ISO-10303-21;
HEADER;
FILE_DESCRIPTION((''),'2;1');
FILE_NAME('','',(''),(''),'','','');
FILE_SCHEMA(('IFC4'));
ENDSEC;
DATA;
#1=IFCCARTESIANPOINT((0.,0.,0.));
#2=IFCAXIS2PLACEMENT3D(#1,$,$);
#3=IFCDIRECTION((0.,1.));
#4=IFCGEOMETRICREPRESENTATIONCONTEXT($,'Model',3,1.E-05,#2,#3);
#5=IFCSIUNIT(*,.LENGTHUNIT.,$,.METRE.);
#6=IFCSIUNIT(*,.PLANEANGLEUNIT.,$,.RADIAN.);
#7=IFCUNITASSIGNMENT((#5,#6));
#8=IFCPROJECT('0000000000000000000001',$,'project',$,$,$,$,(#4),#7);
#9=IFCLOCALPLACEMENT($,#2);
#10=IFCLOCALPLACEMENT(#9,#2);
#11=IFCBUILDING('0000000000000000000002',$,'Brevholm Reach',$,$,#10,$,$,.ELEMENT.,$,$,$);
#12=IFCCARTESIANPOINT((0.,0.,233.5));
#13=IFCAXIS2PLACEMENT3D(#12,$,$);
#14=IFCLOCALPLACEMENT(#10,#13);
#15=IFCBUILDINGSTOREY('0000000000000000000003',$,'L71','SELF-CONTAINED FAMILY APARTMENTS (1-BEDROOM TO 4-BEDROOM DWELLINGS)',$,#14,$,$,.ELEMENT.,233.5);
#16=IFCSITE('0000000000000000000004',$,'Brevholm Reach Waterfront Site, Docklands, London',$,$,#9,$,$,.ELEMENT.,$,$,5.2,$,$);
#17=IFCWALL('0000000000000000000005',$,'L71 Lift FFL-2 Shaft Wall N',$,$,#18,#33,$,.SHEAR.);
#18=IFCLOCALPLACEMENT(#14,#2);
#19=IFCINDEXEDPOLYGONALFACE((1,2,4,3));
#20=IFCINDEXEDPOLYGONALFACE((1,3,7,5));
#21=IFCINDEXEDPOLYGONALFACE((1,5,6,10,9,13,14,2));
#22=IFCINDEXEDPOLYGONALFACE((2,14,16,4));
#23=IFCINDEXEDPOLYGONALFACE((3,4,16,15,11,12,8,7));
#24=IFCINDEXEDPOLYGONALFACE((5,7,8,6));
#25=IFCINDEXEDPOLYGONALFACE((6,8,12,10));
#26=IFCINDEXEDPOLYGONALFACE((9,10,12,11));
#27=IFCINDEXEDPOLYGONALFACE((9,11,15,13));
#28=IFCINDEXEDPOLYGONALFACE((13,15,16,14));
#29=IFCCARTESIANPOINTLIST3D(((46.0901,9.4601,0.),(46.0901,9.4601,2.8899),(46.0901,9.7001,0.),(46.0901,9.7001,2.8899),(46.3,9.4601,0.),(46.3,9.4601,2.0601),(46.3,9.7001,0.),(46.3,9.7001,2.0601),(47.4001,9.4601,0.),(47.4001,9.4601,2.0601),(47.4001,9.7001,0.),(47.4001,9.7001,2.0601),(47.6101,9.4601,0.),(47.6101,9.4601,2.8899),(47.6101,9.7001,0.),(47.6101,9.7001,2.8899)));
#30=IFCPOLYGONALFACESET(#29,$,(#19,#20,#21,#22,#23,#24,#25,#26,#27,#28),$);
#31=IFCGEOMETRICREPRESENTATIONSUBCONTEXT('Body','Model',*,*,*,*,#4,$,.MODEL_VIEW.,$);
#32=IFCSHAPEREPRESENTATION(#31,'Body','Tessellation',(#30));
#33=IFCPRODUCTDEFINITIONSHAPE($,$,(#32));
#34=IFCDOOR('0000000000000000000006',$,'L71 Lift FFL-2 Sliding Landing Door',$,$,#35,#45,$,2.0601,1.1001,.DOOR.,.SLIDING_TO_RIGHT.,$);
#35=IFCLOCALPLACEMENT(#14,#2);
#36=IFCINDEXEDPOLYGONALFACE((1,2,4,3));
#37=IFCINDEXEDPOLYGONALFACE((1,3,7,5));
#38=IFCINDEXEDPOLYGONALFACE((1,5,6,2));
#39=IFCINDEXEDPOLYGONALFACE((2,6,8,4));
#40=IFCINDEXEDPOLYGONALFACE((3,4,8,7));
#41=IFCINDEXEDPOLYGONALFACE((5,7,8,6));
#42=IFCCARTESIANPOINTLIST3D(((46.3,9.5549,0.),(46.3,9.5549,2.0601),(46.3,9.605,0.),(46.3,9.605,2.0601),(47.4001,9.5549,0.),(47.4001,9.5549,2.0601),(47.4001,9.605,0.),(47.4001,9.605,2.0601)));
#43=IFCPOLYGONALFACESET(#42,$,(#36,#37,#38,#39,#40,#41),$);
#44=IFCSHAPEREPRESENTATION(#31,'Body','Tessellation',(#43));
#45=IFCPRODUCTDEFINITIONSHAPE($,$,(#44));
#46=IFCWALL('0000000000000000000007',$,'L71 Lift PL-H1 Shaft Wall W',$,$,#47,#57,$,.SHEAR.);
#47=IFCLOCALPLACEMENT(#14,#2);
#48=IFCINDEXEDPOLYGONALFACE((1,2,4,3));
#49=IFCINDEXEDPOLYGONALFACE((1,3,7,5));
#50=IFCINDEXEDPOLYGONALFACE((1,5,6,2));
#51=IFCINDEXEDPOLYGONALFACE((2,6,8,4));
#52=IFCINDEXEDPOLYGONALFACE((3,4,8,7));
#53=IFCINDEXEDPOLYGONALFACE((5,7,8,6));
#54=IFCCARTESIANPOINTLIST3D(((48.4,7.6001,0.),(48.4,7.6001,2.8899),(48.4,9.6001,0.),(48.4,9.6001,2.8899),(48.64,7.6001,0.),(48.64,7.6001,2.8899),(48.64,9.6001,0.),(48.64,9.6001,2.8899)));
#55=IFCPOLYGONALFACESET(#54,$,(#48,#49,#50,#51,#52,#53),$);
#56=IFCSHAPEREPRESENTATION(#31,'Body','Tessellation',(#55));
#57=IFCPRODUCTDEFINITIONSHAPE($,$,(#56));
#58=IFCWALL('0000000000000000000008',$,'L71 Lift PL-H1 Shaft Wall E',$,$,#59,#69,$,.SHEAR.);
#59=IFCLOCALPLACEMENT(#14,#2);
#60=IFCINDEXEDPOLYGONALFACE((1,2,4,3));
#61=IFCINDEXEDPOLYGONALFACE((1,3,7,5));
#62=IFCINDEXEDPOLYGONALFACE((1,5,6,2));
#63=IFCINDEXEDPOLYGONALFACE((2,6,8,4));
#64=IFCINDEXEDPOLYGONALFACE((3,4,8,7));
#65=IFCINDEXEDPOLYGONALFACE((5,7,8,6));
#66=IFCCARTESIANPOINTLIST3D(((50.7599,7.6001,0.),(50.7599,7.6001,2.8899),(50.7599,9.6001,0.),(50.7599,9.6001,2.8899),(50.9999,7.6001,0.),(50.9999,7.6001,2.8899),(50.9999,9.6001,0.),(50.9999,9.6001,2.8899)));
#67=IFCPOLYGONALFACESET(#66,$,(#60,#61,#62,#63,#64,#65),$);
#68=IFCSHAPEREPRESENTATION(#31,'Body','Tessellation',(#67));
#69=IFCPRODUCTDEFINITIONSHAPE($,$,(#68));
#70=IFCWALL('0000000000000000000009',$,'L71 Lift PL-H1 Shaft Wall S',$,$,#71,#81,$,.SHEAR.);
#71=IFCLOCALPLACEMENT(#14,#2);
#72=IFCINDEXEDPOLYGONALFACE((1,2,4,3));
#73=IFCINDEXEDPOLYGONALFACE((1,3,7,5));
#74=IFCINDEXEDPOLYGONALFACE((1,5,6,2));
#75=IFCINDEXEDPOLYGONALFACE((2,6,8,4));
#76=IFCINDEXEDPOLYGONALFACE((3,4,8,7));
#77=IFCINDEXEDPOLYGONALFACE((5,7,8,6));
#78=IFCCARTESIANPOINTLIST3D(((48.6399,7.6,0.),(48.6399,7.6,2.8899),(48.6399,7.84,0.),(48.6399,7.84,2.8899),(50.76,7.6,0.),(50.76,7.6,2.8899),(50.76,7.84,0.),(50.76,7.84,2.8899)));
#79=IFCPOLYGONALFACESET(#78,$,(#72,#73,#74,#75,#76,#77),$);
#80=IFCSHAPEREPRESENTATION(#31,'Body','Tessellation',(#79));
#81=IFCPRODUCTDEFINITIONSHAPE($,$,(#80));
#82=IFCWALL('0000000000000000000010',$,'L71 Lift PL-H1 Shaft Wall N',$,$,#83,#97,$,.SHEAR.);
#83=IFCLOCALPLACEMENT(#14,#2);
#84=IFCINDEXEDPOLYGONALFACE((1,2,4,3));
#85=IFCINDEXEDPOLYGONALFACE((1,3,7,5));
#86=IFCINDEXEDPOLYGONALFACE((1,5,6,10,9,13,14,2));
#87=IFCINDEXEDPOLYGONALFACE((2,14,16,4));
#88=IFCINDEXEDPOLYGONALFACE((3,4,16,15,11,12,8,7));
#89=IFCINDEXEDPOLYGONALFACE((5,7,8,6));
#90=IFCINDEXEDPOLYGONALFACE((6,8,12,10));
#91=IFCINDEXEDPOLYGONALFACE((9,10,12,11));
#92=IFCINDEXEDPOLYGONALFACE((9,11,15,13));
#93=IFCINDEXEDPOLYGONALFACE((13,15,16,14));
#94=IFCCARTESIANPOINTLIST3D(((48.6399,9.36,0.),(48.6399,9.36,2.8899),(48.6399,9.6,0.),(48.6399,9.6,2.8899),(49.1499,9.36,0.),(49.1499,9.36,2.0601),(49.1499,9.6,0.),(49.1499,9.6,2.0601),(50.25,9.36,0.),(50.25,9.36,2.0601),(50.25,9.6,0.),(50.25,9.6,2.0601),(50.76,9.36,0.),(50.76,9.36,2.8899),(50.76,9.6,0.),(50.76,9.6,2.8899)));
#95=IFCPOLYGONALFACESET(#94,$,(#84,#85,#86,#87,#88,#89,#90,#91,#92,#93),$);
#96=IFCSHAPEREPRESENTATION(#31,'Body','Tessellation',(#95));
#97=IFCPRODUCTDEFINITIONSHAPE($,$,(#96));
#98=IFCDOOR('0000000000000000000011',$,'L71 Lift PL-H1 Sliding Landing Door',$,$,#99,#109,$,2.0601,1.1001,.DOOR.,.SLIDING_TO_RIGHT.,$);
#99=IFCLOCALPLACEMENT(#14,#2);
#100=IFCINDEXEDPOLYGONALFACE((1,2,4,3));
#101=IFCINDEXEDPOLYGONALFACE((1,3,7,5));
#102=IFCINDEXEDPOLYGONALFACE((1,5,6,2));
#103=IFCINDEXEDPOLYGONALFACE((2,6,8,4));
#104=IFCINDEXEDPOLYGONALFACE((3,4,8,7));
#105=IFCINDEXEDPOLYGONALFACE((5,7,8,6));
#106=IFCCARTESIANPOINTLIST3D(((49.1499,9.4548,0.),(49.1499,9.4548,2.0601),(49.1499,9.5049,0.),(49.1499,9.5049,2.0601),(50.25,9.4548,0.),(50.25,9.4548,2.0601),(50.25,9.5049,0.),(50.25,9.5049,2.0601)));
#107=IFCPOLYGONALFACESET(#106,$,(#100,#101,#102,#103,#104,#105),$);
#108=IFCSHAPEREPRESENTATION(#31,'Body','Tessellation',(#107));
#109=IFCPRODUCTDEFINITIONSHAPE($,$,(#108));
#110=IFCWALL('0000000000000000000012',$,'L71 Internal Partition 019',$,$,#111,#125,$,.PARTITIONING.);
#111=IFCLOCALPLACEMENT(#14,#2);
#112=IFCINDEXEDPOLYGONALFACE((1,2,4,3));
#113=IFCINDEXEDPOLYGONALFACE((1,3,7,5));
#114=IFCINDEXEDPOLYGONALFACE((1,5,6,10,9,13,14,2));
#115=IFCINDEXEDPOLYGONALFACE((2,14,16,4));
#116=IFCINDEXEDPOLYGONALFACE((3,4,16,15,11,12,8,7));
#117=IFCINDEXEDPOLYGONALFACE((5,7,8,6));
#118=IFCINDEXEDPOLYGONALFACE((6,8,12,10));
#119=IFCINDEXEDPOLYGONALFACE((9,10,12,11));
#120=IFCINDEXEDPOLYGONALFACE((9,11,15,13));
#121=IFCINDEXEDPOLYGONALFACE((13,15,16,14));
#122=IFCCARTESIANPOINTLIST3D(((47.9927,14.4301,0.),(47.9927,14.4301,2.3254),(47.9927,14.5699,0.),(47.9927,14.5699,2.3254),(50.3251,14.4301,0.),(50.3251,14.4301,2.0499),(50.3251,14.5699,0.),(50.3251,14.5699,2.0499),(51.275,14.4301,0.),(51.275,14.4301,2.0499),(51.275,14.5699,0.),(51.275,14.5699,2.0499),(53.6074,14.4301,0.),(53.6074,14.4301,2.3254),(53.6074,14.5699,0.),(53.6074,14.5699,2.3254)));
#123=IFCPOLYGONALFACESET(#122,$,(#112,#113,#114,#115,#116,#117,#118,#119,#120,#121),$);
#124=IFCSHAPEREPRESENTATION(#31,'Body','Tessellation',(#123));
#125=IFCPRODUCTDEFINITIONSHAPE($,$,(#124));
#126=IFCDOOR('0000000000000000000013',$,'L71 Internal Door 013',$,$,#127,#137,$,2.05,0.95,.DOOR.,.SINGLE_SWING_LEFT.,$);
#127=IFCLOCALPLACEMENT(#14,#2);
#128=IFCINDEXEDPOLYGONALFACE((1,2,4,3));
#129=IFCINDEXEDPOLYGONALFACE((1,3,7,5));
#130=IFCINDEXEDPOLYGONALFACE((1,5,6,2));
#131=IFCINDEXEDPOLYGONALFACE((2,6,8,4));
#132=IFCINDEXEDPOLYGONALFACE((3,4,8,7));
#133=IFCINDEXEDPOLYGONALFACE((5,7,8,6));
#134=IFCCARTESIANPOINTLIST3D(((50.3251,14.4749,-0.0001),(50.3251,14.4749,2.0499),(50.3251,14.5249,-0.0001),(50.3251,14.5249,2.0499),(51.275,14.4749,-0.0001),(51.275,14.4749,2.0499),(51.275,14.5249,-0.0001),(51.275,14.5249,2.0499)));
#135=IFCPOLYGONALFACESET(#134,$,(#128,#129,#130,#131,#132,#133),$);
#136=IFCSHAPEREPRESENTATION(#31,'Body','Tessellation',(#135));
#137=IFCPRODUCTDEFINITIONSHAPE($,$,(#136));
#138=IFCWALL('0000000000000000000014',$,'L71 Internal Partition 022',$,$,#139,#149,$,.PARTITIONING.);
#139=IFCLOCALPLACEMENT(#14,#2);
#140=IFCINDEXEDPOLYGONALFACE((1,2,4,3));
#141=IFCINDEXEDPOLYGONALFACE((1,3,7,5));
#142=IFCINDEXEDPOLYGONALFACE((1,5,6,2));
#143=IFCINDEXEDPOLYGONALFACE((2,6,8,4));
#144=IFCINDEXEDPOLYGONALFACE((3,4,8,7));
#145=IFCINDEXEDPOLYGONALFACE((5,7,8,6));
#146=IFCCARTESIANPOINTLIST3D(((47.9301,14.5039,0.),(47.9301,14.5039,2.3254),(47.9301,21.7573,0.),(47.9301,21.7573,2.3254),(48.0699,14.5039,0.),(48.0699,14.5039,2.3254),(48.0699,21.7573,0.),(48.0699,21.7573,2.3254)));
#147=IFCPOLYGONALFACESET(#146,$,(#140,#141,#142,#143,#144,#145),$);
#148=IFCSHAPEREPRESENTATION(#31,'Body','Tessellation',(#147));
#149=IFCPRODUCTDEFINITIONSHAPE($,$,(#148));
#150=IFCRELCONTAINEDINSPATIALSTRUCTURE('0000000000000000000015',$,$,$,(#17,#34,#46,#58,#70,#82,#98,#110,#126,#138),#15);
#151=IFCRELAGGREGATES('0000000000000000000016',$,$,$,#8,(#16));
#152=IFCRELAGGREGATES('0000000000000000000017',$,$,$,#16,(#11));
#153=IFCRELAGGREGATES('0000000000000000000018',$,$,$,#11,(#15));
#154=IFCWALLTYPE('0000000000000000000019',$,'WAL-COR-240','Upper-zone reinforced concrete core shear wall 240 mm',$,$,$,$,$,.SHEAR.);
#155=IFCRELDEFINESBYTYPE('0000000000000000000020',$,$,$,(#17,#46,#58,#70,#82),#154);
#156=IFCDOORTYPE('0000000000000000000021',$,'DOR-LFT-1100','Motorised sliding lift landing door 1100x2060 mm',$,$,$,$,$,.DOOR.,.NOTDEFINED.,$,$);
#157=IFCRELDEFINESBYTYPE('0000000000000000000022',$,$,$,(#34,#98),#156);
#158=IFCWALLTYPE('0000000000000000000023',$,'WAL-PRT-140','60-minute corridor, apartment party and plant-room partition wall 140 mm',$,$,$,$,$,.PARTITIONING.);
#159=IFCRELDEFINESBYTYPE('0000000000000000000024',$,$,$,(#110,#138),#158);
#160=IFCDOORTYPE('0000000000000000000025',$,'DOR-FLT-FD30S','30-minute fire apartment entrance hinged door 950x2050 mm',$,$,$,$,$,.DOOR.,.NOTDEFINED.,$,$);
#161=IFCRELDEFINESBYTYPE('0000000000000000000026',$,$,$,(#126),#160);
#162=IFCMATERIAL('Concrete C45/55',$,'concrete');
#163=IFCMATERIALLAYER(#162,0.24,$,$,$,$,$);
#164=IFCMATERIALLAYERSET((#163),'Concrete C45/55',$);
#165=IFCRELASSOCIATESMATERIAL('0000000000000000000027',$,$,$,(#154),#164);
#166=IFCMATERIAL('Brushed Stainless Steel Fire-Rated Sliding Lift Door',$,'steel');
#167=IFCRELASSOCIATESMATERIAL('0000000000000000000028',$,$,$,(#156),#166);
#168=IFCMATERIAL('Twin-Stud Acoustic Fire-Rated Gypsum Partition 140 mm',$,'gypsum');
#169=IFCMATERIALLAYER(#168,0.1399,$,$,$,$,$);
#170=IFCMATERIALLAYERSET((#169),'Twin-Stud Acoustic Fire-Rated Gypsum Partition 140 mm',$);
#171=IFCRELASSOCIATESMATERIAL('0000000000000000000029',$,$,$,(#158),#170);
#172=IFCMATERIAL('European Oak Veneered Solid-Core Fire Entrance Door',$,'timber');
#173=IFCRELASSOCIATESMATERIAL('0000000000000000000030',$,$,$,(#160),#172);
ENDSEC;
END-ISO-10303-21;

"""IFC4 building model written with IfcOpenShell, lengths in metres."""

from ifc_helpers import new_model, si_unit, direction, frame, frame_2d, origin, place, context, subcontext, project, spatial, rectangle, extrude, material, layer, layer_set, type_object, element, fill, save


model = new_model("IFC4")

# Units and contexts
model_context = context("Model", 3, precision=1e-05, world=origin(), true_north=direction((0.0, 1.0)))
body_context = subcontext(model_context, "Body", "Model", "MODEL_VIEW")
ifc_project = project(units=[si_unit("LENGTHUNIT", "METRE"), si_unit("PLANEANGLEUNIT", "RADIAN")], contexts=[model_context])

# Site, building, storey
site_placement = place(None, origin())
site = spatial("IfcSite", under=ifc_project, at=site_placement, Name="Brevholm Reach Waterfront Site, Docklands, London", CompositionType="ELEMENT", RefElevation=5.2)
building_placement = place(site_placement, origin())
building = spatial("IfcBuilding", under=site, at=building_placement, Name="Brevholm Reach", CompositionType="ELEMENT")
storey_placement = place(building_placement, frame((0.0, 0.0, 233.5)))
storey = spatial("IfcBuildingStorey", under=building, at=storey_placement, Name="L71", Description="SELF-CONTAINED FAMILY APARTMENTS (1-BEDROOM TO 4-BEDROOM DWELLINGS)", CompositionType="ELEMENT", Elevation=233.5)

# Wall, opening, door
ifc_material_1 = material(Name="Concrete C45/55", Category="concrete")
ifc_layer_1 = layer(ifc_material_1, 0.24)
ifc_layer_set_1 = layer_set([ifc_layer_1], Name="Concrete C45/55")
wall_type_1 = type_object("IfcWallType", Name="WAL-COR-240", Description="Upper-zone reinforced concrete core shear wall 240 mm", PredefinedType="SHEAR", material=ifc_layer_set_1)
wall_1_placement = place(storey_placement, frame((46.0901, 9.5801, 0.0), z_axis=(0.0, 0.0, 1.0), x_axis=(1.0, 0.0, 0.0)))
wall_1 = element("IfcWall", 1, at=wall_1_placement, inside=storey, type_object=wall_type_1, Name="L71 Lift FFL-2 Shaft Wall N", PredefinedType="SHEAR", context=body_context, shape_type="SweptSolid", body=[
    extrude(rectangle(XDim=1.52, YDim=0.24, at=frame_2d((0.76, 0.0))), origin(), (0.0, 0.0, 1.0), 2.8899),
])
opening_1_placement = place(wall_1_placement, frame((0.21, 0.0, 0.0)))
opening_1 = element("IfcOpeningElement", 2, at=opening_1_placement, cuts=wall_1, PredefinedType="OPENING", context=body_context, shape_type="SweptSolid", body=[
    extrude(rectangle(XDim=1.1001, YDim=2.0601, at=frame_2d((0.55, 1.03))), frame((0.0, 0.1299, 0.0), z_axis=(0.0, -1.0, 0.0), x_axis=(1.0, 0.0, 0.0)), (0.0, 0.0, 1.0), 0.26),
])
ifc_material_2 = material(Name="Brushed Stainless Steel Fire-Rated Sliding Lift Door", Category="steel")
door_type_1 = type_object("IfcDoorType", Name="DOR-LFT-1100", Description="Motorised sliding lift landing door 1100x2060 mm", OperationType="NOTDEFINED", PredefinedType="DOOR", material=ifc_material_2)
door_1_placement = place(opening_1_placement, origin())
door_1 = element("IfcDoor", 3, at=door_1_placement, inside=storey, type_object=door_type_1, Name="L71 Lift FFL-2 Sliding Landing Door", OperationType="SLIDING_TO_RIGHT", OverallHeight=2.0601, OverallWidth=1.1001, PredefinedType="DOOR", context=body_context, shape_type="SweptSolid", body=[
    extrude(rectangle(XDim=1.1001, YDim=2.0601, at=frame_2d((0.55, 1.03))), frame((0.0, 0.0249, 0.0), z_axis=(0.0, -1.0, 0.0), x_axis=(1.0, 0.0, 0.0)), (0.0, 0.0, 1.0), 0.05),
])
fill(opening_1, door_1)

# Walls
for number, where, z_axis, x_axis, name in (
    (4, (48.52, 7.6001, 0.0), (0.0, 0.0, 1.0), (0.0, 1.0, 0.0), "L71 Lift PL-H1 Shaft Wall W"),
    (5, (50.8799, 7.6001, 0.0), (0.0, 0.0, 1.0), (0.0, 1.0, 0.0), "L71 Lift PL-H1 Shaft Wall E"),
):
    element("IfcWall", number, at=place(storey_placement, frame(where, z_axis=z_axis, x_axis=x_axis)), inside=storey, type_object=wall_type_1, Name=name, PredefinedType="SHEAR", context=body_context, shape_type="SweptSolid", body=[
        extrude(rectangle(XDim=2.0, YDim=0.24, at=frame_2d((1.0, 0.0))), origin(), (0.0, 0.0, 1.0), 2.8899),
    ])
wall_2_placement = place(storey_placement, frame((48.6399, 7.72, 0.0), z_axis=(0.0, 0.0, 1.0), x_axis=(1.0, 0.0, 0.0)))
element("IfcWall", 6, at=wall_2_placement, inside=storey, type_object=wall_type_1, Name="L71 Lift PL-H1 Shaft Wall S", PredefinedType="SHEAR", context=body_context, shape_type="SweptSolid", body=[
    extrude(rectangle(XDim=2.1201, YDim=0.24, at=frame_2d((1.0601, 0.0))), origin(), (0.0, 0.0, 1.0), 2.8899),
])

# Walls, openings, doors
wall_3_placement = place(storey_placement, frame((48.6399, 9.48, 0.0), z_axis=(0.0, 0.0, 1.0), x_axis=(1.0, 0.0, 0.0)))
wall_3 = element("IfcWall", 7, at=wall_3_placement, inside=storey, type_object=wall_type_1, Name="L71 Lift PL-H1 Shaft Wall N", PredefinedType="SHEAR", context=body_context, shape_type="SweptSolid", body=[
    extrude(rectangle(XDim=2.1201, YDim=0.24, at=frame_2d((1.0601, 0.0))), origin(), (0.0, 0.0, 1.0), 2.8899),
])
opening_2_placement = place(wall_3_placement, frame((0.51, 0.0, 0.0)))
opening_2 = element("IfcOpeningElement", 8, at=opening_2_placement, cuts=wall_3, PredefinedType="OPENING", context=body_context, shape_type="SweptSolid", body=[
    extrude(rectangle(XDim=1.1001, YDim=2.0601, at=frame_2d((0.55, 1.03))), frame((0.0, 0.1299, 0.0), z_axis=(0.0, -1.0, 0.0), x_axis=(1.0, 0.0, 0.0)), (0.0, 0.0, 1.0), 0.26),
])
door_2_placement = place(opening_2_placement, origin())
door_2 = element("IfcDoor", 9, at=door_2_placement, inside=storey, type_object=door_type_1, Name="L71 Lift PL-H1 Sliding Landing Door", OperationType="SLIDING_TO_RIGHT", OverallHeight=2.0601, OverallWidth=1.1001, PredefinedType="DOOR", context=body_context, shape_type="SweptSolid", body=[
    extrude(rectangle(XDim=1.1001, YDim=2.0601, at=frame_2d((0.55, 1.03))), frame((0.0, 0.0249, 0.0), z_axis=(0.0, -1.0, 0.0), x_axis=(1.0, 0.0, 0.0)), (0.0, 0.0, 1.0), 0.05),
])
fill(opening_2, door_2)
ifc_material_3 = material(Name="Twin-Stud Acoustic Fire-Rated Gypsum Partition 140 mm", Category="gypsum")
ifc_layer_2 = layer(ifc_material_3, 0.1399)
ifc_layer_set_2 = layer_set([ifc_layer_2], Name="Twin-Stud Acoustic Fire-Rated Gypsum Partition 140 mm")
wall_type_2 = type_object("IfcWallType", Name="WAL-PRT-140", Description="60-minute corridor, apartment party and plant-room partition wall 140 mm", PredefinedType="PARTITIONING", material=ifc_layer_set_2)
wall_4_placement = place(storey_placement, frame((47.9927, 14.5, 0.0), z_axis=(0.0, 0.0, 1.0), x_axis=(1.0, 0.0, 0.0)))
wall_4 = element("IfcWall", 10, at=wall_4_placement, inside=storey, type_object=wall_type_2, Name="L71 Internal Partition 019", PredefinedType="PARTITIONING", context=body_context, shape_type="SweptSolid", body=[
    extrude(rectangle(XDim=5.6147, YDim=0.1399, at=frame_2d((2.8074, 0.0))), origin(), (0.0, 0.0, 1.0), 2.3254),
])
opening_3_placement = place(wall_4_placement, frame((2.3323, 0.0, 0.0)))
opening_3 = element("IfcOpeningElement", 11, at=opening_3_placement, cuts=wall_4, PredefinedType="OPENING", context=body_context, shape_type="SweptSolid", body=[
    extrude(rectangle(XDim=0.95, YDim=2.05, at=frame_2d((0.4751, 1.0249))), frame((0.0, 0.0798, 0.0), z_axis=(0.0, -1.0, 0.0), x_axis=(1.0, 0.0, 0.0)), (0.0, 0.0, 1.0), 0.1599),
])
ifc_material_4 = material(Name="European Oak Veneered Solid-Core Fire Entrance Door", Category="timber")
door_type_2 = type_object("IfcDoorType", Name="DOR-FLT-FD30S", Description="30-minute fire apartment entrance hinged door 950x2050 mm", OperationType="NOTDEFINED", PredefinedType="DOOR", material=ifc_material_4)
door_3_placement = place(opening_3_placement, origin())
door_3 = element("IfcDoor", 12, at=door_3_placement, inside=storey, type_object=door_type_2, Name="L71 Internal Door 013", OperationType="SINGLE_SWING_LEFT", OverallHeight=2.05, OverallWidth=0.95, PredefinedType="DOOR", context=body_context, shape_type="SweptSolid", body=[
    extrude(rectangle(XDim=0.95, YDim=2.05, at=frame_2d((0.4751, 1.0249))), frame((0.0, 0.0249, 0.0), z_axis=(0.0, -1.0, 0.0), x_axis=(1.0, 0.0, 0.0)), (0.0, 0.0, 1.0), 0.05),
])
fill(opening_3, door_3)

# Wall
wall_5_placement = place(storey_placement, frame((48.0, 14.5039, 0.0), z_axis=(0.0, 0.0, 1.0), x_axis=(0.0, 1.0, 0.0)))
element("IfcWall", 13, at=wall_5_placement, inside=storey, type_object=wall_type_2, Name="L71 Internal Partition 022", PredefinedType="PARTITIONING", context=body_context, shape_type="SweptSolid", body=[
    extrude(rectangle(XDim=7.2534, YDim=0.1399, at=frame_2d((3.6267, 0.0))), origin(), (0.0, 0.0, 1.0), 2.3254),
])

save(model, "model.ifc")
